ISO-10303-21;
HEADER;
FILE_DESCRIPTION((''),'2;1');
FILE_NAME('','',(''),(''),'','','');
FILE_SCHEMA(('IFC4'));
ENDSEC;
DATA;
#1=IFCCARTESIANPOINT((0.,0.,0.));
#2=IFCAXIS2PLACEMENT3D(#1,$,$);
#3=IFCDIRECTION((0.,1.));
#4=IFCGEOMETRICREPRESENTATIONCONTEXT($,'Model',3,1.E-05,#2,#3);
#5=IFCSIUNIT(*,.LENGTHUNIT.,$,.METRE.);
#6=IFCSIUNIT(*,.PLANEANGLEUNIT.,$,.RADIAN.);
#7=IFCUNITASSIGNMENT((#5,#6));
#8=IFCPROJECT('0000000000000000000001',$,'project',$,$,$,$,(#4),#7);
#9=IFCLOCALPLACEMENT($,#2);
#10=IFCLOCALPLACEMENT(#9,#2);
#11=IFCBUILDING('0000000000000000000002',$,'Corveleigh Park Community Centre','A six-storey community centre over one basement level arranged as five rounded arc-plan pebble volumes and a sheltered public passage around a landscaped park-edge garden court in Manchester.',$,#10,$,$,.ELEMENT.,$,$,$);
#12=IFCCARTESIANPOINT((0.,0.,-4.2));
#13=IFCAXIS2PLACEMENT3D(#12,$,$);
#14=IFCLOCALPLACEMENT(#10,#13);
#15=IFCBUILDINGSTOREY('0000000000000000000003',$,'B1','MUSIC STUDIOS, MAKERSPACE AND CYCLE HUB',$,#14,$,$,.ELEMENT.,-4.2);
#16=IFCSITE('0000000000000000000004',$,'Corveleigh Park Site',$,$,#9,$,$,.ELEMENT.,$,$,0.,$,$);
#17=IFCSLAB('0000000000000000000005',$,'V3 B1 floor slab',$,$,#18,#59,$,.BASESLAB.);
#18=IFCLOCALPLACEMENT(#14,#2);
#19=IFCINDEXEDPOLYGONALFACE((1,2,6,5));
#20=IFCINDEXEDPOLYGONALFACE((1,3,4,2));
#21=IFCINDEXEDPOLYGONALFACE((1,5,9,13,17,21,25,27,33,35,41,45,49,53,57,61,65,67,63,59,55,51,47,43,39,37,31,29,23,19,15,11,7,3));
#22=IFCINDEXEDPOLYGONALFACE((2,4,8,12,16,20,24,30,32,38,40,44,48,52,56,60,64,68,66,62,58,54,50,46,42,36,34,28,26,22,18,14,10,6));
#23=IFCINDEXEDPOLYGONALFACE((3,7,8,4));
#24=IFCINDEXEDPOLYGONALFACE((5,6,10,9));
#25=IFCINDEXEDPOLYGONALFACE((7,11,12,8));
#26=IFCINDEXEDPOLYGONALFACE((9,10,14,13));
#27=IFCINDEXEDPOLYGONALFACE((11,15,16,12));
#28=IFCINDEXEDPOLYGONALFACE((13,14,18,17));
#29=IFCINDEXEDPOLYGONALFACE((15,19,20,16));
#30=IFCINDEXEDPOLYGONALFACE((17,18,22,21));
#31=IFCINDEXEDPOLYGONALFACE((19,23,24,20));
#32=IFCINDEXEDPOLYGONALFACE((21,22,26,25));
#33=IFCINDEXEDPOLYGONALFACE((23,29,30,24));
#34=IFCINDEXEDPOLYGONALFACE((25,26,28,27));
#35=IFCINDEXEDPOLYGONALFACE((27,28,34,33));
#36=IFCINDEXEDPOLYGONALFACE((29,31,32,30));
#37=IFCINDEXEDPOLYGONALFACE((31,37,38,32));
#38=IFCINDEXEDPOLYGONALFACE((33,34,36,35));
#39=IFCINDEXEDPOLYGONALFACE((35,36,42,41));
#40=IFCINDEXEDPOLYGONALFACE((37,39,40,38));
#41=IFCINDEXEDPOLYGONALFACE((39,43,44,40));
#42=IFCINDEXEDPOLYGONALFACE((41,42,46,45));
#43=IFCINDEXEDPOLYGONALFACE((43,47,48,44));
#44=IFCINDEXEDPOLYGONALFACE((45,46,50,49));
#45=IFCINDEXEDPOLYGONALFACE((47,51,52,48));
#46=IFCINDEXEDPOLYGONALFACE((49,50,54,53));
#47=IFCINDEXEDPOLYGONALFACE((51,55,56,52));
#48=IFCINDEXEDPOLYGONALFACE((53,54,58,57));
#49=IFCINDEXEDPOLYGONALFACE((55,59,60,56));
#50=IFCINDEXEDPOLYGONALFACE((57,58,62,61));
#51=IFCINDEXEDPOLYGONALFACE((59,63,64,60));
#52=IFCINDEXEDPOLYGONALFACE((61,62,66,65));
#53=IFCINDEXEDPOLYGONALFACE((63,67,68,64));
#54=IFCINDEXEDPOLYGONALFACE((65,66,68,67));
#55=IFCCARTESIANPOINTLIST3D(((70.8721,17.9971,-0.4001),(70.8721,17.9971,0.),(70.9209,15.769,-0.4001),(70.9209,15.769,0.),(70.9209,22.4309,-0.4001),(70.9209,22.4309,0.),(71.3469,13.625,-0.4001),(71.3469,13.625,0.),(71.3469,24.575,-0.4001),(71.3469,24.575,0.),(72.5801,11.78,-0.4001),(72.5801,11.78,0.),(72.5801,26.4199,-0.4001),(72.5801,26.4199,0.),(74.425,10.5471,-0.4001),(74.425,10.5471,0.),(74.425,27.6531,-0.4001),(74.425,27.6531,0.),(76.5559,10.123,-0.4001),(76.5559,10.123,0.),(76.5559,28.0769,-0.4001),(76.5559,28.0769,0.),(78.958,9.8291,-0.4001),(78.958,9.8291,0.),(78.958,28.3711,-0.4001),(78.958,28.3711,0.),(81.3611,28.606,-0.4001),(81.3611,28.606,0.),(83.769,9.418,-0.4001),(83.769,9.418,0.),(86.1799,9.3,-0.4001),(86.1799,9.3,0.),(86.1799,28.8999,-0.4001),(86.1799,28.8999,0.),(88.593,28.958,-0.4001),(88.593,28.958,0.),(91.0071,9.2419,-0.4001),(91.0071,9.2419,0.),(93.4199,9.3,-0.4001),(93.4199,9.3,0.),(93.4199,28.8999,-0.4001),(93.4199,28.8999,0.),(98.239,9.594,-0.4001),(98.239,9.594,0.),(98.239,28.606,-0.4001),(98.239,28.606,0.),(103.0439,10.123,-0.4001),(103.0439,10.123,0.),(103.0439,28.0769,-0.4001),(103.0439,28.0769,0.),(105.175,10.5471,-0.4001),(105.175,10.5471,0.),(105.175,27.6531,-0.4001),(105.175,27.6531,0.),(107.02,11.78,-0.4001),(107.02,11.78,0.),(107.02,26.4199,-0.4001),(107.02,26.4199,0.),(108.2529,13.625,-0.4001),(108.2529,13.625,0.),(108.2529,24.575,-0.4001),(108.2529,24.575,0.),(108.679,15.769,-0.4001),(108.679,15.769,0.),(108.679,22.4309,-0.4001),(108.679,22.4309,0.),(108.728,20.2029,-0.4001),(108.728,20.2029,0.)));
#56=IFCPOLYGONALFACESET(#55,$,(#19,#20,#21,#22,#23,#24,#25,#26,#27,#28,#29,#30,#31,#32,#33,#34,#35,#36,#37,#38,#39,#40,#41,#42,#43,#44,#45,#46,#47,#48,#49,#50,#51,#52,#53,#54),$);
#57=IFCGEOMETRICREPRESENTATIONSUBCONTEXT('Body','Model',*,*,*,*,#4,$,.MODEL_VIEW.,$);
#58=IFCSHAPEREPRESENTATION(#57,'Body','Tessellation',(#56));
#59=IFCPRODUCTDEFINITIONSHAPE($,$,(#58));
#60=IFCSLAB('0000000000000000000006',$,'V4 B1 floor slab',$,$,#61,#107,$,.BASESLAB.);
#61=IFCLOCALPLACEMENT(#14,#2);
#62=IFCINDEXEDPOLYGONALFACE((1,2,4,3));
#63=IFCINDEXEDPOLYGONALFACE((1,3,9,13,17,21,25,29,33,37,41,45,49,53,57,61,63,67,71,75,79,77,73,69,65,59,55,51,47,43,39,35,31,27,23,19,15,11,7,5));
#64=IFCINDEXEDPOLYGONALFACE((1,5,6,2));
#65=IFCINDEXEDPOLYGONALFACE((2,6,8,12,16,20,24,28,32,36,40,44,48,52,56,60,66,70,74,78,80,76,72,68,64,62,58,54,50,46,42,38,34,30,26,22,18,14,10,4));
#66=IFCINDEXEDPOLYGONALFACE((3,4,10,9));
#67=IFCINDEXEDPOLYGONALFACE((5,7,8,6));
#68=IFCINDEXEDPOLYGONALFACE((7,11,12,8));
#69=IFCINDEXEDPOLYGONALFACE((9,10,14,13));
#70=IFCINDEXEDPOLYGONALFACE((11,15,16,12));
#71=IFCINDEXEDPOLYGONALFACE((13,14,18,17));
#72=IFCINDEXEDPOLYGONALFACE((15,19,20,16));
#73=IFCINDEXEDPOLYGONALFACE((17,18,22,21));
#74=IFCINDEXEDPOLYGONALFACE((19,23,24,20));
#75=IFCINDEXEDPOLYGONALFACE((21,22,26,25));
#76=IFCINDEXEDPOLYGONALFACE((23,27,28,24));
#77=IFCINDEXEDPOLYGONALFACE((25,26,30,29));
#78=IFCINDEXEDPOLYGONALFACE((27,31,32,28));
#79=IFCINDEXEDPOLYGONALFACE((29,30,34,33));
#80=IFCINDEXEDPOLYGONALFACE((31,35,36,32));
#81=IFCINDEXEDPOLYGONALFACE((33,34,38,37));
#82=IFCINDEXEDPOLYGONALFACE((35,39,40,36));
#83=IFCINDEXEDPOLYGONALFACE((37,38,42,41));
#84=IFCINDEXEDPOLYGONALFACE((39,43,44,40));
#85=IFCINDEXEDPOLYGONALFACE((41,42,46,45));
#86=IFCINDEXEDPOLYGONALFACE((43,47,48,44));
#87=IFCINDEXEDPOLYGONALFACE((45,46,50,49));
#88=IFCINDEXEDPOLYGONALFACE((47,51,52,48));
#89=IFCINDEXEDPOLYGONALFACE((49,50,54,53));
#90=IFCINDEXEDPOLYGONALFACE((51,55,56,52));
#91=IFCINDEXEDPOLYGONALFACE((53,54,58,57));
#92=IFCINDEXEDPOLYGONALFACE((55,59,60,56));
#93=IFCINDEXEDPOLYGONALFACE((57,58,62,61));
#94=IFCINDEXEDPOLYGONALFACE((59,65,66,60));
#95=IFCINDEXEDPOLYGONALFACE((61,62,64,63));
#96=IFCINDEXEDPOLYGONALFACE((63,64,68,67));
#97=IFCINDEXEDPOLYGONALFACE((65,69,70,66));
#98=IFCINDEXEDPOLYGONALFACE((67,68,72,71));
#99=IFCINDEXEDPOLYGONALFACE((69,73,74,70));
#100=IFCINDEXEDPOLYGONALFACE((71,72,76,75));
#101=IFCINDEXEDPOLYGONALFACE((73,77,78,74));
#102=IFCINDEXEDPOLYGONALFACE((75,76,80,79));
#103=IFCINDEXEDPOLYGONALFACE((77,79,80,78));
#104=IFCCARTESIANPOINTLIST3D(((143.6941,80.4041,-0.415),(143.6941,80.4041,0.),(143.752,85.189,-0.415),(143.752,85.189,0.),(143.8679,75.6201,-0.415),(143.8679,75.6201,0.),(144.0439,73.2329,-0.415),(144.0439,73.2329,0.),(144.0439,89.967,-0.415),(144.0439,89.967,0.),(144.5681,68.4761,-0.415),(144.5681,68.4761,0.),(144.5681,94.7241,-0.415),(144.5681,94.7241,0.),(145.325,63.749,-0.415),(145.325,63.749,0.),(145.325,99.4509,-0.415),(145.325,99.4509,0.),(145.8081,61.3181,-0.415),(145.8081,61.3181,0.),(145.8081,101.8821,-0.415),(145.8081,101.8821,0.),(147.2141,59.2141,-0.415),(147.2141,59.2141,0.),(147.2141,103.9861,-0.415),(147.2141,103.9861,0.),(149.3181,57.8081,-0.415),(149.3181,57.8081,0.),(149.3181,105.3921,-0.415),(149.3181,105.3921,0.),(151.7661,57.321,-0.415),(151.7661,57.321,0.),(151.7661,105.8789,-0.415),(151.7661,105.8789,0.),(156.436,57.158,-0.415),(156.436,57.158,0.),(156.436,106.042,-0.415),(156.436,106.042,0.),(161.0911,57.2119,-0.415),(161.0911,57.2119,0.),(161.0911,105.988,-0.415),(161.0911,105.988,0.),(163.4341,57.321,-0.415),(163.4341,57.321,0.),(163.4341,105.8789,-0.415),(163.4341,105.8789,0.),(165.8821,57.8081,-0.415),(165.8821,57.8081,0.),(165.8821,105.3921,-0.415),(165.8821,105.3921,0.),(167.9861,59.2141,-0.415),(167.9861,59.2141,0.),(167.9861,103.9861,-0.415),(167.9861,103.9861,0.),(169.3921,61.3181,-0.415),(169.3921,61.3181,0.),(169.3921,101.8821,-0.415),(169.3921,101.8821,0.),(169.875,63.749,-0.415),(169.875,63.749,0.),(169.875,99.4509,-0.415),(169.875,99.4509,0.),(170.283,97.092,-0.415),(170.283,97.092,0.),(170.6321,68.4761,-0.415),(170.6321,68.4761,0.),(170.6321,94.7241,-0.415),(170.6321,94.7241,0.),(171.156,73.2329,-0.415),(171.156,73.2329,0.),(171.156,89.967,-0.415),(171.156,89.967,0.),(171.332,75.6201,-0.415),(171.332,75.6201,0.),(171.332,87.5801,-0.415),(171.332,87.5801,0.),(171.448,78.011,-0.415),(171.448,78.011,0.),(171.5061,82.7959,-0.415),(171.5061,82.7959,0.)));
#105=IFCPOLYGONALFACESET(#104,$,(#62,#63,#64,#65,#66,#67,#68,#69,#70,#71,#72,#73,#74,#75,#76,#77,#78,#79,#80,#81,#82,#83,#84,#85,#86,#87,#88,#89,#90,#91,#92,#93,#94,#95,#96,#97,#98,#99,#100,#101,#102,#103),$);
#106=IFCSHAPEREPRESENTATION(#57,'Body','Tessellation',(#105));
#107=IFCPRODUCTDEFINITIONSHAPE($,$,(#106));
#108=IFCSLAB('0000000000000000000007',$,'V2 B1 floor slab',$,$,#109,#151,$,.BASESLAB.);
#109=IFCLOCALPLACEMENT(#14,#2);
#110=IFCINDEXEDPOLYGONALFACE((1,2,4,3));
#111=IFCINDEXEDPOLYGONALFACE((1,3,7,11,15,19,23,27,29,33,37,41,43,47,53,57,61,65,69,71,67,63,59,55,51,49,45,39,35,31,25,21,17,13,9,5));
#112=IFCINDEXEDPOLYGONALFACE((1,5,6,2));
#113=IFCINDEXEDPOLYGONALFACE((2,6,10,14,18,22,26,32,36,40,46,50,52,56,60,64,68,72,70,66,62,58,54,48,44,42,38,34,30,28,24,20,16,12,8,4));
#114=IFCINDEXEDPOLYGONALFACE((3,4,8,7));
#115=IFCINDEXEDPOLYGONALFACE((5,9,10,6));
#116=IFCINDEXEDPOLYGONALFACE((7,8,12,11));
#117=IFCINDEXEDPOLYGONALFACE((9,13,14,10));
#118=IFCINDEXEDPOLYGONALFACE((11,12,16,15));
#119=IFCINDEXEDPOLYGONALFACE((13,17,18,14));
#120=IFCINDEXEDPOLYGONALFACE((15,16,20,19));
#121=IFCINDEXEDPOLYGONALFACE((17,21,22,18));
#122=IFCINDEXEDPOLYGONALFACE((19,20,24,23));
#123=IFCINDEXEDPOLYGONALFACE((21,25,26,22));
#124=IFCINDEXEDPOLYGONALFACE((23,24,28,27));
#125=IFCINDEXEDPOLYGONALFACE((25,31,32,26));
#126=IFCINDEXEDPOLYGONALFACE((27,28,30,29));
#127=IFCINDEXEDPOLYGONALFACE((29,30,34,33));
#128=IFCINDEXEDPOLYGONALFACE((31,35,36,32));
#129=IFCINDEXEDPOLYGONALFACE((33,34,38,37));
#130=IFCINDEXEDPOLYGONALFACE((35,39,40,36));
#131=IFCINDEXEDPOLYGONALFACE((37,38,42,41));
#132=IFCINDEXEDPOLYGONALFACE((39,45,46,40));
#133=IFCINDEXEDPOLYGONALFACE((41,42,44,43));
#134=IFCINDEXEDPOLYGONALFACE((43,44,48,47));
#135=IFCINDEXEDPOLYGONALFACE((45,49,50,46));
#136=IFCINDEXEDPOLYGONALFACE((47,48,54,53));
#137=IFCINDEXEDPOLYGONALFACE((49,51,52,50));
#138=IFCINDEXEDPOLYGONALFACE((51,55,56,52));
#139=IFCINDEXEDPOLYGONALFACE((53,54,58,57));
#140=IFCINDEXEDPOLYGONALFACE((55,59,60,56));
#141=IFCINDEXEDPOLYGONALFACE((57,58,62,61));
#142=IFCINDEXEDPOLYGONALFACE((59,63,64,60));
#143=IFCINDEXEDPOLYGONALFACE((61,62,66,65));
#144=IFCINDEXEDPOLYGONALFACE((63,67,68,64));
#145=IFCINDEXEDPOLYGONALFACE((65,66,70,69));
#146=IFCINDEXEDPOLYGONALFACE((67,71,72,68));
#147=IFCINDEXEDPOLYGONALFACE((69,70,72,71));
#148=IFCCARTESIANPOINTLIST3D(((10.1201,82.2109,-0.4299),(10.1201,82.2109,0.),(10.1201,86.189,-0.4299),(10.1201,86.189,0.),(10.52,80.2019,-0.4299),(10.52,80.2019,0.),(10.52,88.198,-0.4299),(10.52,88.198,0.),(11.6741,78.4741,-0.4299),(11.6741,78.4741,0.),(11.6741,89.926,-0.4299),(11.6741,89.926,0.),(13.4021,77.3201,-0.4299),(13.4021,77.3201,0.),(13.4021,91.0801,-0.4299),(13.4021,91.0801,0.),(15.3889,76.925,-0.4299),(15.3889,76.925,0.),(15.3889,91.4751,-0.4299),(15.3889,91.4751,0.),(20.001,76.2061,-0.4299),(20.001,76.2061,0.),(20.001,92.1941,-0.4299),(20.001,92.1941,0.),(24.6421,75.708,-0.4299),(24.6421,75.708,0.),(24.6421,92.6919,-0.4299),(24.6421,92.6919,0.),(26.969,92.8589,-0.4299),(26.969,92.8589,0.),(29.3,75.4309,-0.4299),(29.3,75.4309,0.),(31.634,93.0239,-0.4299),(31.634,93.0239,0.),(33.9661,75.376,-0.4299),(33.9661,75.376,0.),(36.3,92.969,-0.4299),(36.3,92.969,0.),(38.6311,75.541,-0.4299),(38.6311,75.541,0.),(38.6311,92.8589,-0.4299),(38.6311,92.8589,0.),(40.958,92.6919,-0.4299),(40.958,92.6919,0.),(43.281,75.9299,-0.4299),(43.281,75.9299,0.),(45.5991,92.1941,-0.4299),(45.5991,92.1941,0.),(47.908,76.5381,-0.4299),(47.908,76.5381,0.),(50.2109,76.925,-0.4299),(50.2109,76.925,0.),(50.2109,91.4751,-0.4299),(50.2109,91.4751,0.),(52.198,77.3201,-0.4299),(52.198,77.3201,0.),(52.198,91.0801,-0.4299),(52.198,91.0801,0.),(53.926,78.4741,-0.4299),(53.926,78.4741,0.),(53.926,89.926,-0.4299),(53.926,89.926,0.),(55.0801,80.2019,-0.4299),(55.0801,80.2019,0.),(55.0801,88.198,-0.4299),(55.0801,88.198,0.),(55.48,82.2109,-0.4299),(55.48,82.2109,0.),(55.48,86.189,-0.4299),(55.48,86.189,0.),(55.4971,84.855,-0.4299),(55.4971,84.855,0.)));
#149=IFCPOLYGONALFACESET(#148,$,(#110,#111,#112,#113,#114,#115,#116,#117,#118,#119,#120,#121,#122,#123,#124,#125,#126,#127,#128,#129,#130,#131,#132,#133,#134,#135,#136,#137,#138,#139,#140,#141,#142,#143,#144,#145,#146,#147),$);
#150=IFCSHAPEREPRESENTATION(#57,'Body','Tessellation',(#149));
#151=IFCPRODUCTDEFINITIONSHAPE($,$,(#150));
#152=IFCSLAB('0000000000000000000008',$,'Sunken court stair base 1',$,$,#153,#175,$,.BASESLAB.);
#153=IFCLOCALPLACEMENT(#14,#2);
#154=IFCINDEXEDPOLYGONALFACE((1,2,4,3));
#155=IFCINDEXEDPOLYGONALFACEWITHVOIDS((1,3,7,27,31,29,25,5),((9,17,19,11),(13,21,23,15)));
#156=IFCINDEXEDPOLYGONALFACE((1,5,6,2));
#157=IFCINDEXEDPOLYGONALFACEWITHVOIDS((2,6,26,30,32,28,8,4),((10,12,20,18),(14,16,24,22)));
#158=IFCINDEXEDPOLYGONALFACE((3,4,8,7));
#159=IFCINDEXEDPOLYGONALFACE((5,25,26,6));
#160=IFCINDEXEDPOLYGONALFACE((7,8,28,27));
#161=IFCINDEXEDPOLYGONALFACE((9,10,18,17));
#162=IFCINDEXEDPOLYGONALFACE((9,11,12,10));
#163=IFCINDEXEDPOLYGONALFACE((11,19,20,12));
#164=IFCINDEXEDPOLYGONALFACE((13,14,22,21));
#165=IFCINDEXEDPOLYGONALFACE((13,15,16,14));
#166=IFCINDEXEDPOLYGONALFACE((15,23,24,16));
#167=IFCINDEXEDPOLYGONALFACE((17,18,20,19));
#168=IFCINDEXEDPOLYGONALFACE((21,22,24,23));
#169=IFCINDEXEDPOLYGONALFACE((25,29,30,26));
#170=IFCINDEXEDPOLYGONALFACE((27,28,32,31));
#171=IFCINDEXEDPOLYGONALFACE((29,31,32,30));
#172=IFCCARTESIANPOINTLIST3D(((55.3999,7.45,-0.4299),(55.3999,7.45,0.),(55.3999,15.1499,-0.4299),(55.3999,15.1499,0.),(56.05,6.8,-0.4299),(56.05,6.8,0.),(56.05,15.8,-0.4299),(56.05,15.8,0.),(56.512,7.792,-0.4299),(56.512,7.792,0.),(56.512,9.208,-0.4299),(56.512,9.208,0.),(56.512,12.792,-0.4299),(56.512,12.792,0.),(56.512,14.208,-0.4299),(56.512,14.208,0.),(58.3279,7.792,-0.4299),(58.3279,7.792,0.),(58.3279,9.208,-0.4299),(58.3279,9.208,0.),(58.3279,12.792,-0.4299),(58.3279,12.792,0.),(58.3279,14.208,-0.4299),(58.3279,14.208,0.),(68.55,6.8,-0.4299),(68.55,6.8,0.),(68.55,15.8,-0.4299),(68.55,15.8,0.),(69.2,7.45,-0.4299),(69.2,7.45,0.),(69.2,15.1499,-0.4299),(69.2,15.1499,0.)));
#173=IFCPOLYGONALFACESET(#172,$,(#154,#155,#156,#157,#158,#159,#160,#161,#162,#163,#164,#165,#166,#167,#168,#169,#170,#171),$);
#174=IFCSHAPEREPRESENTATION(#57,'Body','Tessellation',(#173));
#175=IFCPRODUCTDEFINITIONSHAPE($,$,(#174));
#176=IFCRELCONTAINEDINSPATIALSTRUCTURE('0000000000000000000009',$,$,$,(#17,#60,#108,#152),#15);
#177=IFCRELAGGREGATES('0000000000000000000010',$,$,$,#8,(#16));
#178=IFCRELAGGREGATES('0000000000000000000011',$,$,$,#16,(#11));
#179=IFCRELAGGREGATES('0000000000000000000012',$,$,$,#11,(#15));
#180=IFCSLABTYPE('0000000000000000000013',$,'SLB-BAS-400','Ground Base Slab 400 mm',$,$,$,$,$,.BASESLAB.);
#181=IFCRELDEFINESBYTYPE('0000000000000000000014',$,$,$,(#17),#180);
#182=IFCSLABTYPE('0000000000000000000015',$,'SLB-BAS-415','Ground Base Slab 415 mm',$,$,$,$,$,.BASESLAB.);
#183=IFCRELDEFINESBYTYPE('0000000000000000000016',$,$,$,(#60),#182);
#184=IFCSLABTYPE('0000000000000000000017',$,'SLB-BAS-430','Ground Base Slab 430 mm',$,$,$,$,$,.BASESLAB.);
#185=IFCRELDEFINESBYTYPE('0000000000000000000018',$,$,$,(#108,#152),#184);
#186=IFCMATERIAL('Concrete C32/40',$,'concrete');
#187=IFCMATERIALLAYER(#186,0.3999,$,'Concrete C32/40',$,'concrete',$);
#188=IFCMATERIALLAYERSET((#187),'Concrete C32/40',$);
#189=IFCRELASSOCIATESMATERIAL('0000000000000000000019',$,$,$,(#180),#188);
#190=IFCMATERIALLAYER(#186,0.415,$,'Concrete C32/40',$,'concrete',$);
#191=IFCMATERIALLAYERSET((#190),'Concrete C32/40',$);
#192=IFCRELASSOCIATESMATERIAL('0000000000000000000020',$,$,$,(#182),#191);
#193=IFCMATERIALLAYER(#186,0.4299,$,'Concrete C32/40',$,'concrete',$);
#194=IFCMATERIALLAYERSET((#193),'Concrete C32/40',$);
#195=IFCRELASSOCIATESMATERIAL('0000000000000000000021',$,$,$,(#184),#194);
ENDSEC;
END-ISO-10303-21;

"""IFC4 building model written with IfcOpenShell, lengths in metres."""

from ifc_helpers import new_model, si_unit, direction, frame, origin, place, context, subcontext, project, spatial, polyline, outline, extrude, material, layer, layer_set, type_object, element, save


model = new_model("IFC4")

# Units and contexts
model_context = context("Model", 3, precision=1e-05, world=origin(), true_north=direction((0.0, 1.0)))
body_context = subcontext(model_context, "Body", "Model", "MODEL_VIEW")
ifc_project = project(units=[si_unit("LENGTHUNIT", "METRE"), si_unit("PLANEANGLEUNIT", "RADIAN")], contexts=[model_context])

# Site, building, storey
site_placement = place(None, origin())
site = spatial("IfcSite", under=ifc_project, at=site_placement, Name="Corveleigh Park Site", CompositionType="ELEMENT", RefElevation=0.0)
building_placement = place(site_placement, origin())
building = spatial("IfcBuilding", under=site, at=building_placement, Name="Corveleigh Park Community Centre", Description="A six-storey community centre over one basement level arranged as five rounded arc-plan pebble volumes and a sheltered public passage around a landscaped park-edge garden court in Manchester.", CompositionType="ELEMENT")
storey_placement = place(building_placement, frame((0.0, 0.0, -4.2)))
storey = spatial("IfcBuildingStorey", under=building, at=storey_placement, Name="B1", Description="MUSIC STUDIOS, MAKERSPACE AND CYCLE HUB", CompositionType="ELEMENT", Elevation=-4.2)

# Slabs
ifc_material_1 = material(Name="Concrete C32/40", Category="concrete")
ifc_layer_1 = layer(ifc_material_1, 0.3999, Name="Concrete C32/40", Category="concrete")
ifc_layer_set_1 = layer_set([ifc_layer_1], Name="Concrete C32/40")
slab_type_1 = type_object("IfcSlabType", Name="SLB-BAS-400", Description="Ground Base Slab 400 mm", PredefinedType="BASESLAB", material=ifc_layer_set_1)
slab_1_placement = place(storey_placement, frame((0.0, 0.0, -0.4001)))
element("IfcSlab", 1, at=slab_1_placement, inside=storey, type_object=slab_type_1, Name="V3 B1 floor slab", PredefinedType="BASESLAB", context=body_context, shape_type="SweptSolid", body=[
    extrude(outline(polyline([(76.5559, 10.123), (74.425, 10.5471), (72.5801, 11.78), (71.3469, 13.625), (70.9209, 15.769), (70.8721, 17.9971), (70.9209, 22.4309), (71.3469, 24.575), (72.5801, 26.4199), (74.425, 27.6531), (76.5559, 28.0769), (78.958, 28.3711), (81.3611, 28.606), (86.1799, 28.8999), (88.593, 28.958), (93.4199, 28.8999), (98.239, 28.606), (103.0439, 28.0769), (105.175, 27.6531), (107.02, 26.4199), (108.2529, 24.575), (108.679, 22.4309), (108.728, 20.2029), (108.679, 15.769), (108.2529, 13.625), (107.02, 11.78), (105.175, 10.5471), (103.0439, 10.123), (98.239, 9.594), (93.4199, 9.3), (91.0071, 9.2419), (86.1799, 9.3), (83.769, 9.418), (78.958, 9.8291), (76.5559, 10.123)])), origin(), (0.0, 0.0, 1.0), 0.4001),
])
ifc_layer_2 = layer(ifc_material_1, 0.415, Name="Concrete C32/40", Category="concrete")
ifc_layer_set_2 = layer_set([ifc_layer_2], Name="Concrete C32/40")
slab_type_2 = type_object("IfcSlabType", Name="SLB-BAS-415", Description="Ground Base Slab 415 mm", PredefinedType="BASESLAB", material=ifc_layer_set_2)
slab_2_placement = place(storey_placement, frame((0.0, 0.0, -0.415)))
element("IfcSlab", 2, at=slab_2_placement, inside=storey, type_object=slab_type_2, Name="V4 B1 floor slab", PredefinedType="BASESLAB", context=body_context, shape_type="SweptSolid", body=[
    extrude(outline(polyline([(151.7661, 57.321), (149.3181, 57.8081), (147.2141, 59.2141), (145.8081, 61.3181), (145.325, 63.749), (144.5681, 68.4761), (144.0439, 73.2329), (143.8679, 75.6201), (143.6941, 80.4041), (143.752, 85.189), (144.0439, 89.967), (144.5681, 94.7241), (145.325, 99.4509), (145.8081, 101.8821), (147.2141, 103.9861), (149.3181, 105.3921), (151.7661, 105.8789), (156.436, 106.042), (161.0911, 105.988), (163.4341, 105.8789), (165.8821, 105.3921), (167.9861, 103.9861), (169.3921, 101.8821), (169.875, 99.4509), (170.283, 97.092), (170.6321, 94.7241), (171.156, 89.967), (171.332, 87.5801), (171.5061, 82.7959), (171.448, 78.011), (171.332, 75.6201), (171.156, 73.2329), (170.6321, 68.4761), (169.875, 63.749), (169.3921, 61.3181), (167.9861, 59.2141), (165.8821, 57.8081), (163.4341, 57.321), (161.0911, 57.2119), (156.436, 57.158), (151.7661, 57.321)])), origin(), (0.0, 0.0, 1.0), 0.415),
])
ifc_layer_3 = layer(ifc_material_1, 0.4299, Name="Concrete C32/40", Category="concrete")
ifc_layer_set_3 = layer_set([ifc_layer_3], Name="Concrete C32/40")
slab_type_3 = type_object("IfcSlabType", Name="SLB-BAS-430", Description="Ground Base Slab 430 mm", PredefinedType="BASESLAB", material=ifc_layer_set_3)
slab_3_placement = place(storey_placement, frame((0.0, 0.0, -0.4299)))
element("IfcSlab", 3, at=slab_3_placement, inside=storey, type_object=slab_type_3, Name="V2 B1 floor slab", PredefinedType="BASESLAB", context=body_context, shape_type="SweptSolid", body=[
    extrude(outline(polyline([(15.3889, 76.925), (13.4021, 77.3201), (11.6741, 78.4741), (10.52, 80.2019), (10.1201, 82.2109), (10.1201, 86.189), (10.52, 88.198), (11.6741, 89.926), (13.4021, 91.0801), (15.3889, 91.4751), (20.001, 92.1941), (24.6421, 92.6919), (26.969, 92.8589), (31.634, 93.0239), (36.3, 92.969), (38.6311, 92.8589), (40.958, 92.6919), (45.5991, 92.1941), (50.2109, 91.4751), (52.198, 91.0801), (53.926, 89.926), (55.0801, 88.198), (55.48, 86.189), (55.4971, 84.855), (55.48, 82.2109), (55.0801, 80.2019), (53.926, 78.4741), (52.198, 77.3201), (50.2109, 76.925), (47.908, 76.5381), (43.281, 75.9299), (38.6311, 75.541), (33.9661, 75.376), (29.3, 75.4309), (24.6421, 75.708), (20.001, 76.2061), (15.3889, 76.925)])), origin(), (0.0, 0.0, 1.0), 0.4299),
])
slab_4_placement = place(storey_placement, frame((0.0, 0.0, -0.4299)))
element("IfcSlab", 4, at=slab_4_placement, inside=storey, type_object=slab_type_3, Name="Sunken court stair base 1", PredefinedType="BASESLAB", context=body_context, shape_type="SweptSolid", body=[
    extrude(outline(polyline([(55.3999, 7.45), (55.3999, 15.1499), (56.05, 15.8), (68.55, 15.8), (69.2, 15.1499), (69.2, 7.45), (68.55, 6.8), (56.05, 6.8), (55.3999, 7.45)]), holes=[polyline([(56.512, 7.792), (58.3279, 7.792), (58.3279, 9.208), (56.512, 9.208), (56.512, 7.792)]), polyline([(56.512, 14.208), (56.512, 12.792), (58.3279, 12.792), (58.3279, 14.208), (56.512, 14.208)])]), origin(), (0.0, 0.0, 1.0), 0.4299),
])

save(model, "model.ifc")
